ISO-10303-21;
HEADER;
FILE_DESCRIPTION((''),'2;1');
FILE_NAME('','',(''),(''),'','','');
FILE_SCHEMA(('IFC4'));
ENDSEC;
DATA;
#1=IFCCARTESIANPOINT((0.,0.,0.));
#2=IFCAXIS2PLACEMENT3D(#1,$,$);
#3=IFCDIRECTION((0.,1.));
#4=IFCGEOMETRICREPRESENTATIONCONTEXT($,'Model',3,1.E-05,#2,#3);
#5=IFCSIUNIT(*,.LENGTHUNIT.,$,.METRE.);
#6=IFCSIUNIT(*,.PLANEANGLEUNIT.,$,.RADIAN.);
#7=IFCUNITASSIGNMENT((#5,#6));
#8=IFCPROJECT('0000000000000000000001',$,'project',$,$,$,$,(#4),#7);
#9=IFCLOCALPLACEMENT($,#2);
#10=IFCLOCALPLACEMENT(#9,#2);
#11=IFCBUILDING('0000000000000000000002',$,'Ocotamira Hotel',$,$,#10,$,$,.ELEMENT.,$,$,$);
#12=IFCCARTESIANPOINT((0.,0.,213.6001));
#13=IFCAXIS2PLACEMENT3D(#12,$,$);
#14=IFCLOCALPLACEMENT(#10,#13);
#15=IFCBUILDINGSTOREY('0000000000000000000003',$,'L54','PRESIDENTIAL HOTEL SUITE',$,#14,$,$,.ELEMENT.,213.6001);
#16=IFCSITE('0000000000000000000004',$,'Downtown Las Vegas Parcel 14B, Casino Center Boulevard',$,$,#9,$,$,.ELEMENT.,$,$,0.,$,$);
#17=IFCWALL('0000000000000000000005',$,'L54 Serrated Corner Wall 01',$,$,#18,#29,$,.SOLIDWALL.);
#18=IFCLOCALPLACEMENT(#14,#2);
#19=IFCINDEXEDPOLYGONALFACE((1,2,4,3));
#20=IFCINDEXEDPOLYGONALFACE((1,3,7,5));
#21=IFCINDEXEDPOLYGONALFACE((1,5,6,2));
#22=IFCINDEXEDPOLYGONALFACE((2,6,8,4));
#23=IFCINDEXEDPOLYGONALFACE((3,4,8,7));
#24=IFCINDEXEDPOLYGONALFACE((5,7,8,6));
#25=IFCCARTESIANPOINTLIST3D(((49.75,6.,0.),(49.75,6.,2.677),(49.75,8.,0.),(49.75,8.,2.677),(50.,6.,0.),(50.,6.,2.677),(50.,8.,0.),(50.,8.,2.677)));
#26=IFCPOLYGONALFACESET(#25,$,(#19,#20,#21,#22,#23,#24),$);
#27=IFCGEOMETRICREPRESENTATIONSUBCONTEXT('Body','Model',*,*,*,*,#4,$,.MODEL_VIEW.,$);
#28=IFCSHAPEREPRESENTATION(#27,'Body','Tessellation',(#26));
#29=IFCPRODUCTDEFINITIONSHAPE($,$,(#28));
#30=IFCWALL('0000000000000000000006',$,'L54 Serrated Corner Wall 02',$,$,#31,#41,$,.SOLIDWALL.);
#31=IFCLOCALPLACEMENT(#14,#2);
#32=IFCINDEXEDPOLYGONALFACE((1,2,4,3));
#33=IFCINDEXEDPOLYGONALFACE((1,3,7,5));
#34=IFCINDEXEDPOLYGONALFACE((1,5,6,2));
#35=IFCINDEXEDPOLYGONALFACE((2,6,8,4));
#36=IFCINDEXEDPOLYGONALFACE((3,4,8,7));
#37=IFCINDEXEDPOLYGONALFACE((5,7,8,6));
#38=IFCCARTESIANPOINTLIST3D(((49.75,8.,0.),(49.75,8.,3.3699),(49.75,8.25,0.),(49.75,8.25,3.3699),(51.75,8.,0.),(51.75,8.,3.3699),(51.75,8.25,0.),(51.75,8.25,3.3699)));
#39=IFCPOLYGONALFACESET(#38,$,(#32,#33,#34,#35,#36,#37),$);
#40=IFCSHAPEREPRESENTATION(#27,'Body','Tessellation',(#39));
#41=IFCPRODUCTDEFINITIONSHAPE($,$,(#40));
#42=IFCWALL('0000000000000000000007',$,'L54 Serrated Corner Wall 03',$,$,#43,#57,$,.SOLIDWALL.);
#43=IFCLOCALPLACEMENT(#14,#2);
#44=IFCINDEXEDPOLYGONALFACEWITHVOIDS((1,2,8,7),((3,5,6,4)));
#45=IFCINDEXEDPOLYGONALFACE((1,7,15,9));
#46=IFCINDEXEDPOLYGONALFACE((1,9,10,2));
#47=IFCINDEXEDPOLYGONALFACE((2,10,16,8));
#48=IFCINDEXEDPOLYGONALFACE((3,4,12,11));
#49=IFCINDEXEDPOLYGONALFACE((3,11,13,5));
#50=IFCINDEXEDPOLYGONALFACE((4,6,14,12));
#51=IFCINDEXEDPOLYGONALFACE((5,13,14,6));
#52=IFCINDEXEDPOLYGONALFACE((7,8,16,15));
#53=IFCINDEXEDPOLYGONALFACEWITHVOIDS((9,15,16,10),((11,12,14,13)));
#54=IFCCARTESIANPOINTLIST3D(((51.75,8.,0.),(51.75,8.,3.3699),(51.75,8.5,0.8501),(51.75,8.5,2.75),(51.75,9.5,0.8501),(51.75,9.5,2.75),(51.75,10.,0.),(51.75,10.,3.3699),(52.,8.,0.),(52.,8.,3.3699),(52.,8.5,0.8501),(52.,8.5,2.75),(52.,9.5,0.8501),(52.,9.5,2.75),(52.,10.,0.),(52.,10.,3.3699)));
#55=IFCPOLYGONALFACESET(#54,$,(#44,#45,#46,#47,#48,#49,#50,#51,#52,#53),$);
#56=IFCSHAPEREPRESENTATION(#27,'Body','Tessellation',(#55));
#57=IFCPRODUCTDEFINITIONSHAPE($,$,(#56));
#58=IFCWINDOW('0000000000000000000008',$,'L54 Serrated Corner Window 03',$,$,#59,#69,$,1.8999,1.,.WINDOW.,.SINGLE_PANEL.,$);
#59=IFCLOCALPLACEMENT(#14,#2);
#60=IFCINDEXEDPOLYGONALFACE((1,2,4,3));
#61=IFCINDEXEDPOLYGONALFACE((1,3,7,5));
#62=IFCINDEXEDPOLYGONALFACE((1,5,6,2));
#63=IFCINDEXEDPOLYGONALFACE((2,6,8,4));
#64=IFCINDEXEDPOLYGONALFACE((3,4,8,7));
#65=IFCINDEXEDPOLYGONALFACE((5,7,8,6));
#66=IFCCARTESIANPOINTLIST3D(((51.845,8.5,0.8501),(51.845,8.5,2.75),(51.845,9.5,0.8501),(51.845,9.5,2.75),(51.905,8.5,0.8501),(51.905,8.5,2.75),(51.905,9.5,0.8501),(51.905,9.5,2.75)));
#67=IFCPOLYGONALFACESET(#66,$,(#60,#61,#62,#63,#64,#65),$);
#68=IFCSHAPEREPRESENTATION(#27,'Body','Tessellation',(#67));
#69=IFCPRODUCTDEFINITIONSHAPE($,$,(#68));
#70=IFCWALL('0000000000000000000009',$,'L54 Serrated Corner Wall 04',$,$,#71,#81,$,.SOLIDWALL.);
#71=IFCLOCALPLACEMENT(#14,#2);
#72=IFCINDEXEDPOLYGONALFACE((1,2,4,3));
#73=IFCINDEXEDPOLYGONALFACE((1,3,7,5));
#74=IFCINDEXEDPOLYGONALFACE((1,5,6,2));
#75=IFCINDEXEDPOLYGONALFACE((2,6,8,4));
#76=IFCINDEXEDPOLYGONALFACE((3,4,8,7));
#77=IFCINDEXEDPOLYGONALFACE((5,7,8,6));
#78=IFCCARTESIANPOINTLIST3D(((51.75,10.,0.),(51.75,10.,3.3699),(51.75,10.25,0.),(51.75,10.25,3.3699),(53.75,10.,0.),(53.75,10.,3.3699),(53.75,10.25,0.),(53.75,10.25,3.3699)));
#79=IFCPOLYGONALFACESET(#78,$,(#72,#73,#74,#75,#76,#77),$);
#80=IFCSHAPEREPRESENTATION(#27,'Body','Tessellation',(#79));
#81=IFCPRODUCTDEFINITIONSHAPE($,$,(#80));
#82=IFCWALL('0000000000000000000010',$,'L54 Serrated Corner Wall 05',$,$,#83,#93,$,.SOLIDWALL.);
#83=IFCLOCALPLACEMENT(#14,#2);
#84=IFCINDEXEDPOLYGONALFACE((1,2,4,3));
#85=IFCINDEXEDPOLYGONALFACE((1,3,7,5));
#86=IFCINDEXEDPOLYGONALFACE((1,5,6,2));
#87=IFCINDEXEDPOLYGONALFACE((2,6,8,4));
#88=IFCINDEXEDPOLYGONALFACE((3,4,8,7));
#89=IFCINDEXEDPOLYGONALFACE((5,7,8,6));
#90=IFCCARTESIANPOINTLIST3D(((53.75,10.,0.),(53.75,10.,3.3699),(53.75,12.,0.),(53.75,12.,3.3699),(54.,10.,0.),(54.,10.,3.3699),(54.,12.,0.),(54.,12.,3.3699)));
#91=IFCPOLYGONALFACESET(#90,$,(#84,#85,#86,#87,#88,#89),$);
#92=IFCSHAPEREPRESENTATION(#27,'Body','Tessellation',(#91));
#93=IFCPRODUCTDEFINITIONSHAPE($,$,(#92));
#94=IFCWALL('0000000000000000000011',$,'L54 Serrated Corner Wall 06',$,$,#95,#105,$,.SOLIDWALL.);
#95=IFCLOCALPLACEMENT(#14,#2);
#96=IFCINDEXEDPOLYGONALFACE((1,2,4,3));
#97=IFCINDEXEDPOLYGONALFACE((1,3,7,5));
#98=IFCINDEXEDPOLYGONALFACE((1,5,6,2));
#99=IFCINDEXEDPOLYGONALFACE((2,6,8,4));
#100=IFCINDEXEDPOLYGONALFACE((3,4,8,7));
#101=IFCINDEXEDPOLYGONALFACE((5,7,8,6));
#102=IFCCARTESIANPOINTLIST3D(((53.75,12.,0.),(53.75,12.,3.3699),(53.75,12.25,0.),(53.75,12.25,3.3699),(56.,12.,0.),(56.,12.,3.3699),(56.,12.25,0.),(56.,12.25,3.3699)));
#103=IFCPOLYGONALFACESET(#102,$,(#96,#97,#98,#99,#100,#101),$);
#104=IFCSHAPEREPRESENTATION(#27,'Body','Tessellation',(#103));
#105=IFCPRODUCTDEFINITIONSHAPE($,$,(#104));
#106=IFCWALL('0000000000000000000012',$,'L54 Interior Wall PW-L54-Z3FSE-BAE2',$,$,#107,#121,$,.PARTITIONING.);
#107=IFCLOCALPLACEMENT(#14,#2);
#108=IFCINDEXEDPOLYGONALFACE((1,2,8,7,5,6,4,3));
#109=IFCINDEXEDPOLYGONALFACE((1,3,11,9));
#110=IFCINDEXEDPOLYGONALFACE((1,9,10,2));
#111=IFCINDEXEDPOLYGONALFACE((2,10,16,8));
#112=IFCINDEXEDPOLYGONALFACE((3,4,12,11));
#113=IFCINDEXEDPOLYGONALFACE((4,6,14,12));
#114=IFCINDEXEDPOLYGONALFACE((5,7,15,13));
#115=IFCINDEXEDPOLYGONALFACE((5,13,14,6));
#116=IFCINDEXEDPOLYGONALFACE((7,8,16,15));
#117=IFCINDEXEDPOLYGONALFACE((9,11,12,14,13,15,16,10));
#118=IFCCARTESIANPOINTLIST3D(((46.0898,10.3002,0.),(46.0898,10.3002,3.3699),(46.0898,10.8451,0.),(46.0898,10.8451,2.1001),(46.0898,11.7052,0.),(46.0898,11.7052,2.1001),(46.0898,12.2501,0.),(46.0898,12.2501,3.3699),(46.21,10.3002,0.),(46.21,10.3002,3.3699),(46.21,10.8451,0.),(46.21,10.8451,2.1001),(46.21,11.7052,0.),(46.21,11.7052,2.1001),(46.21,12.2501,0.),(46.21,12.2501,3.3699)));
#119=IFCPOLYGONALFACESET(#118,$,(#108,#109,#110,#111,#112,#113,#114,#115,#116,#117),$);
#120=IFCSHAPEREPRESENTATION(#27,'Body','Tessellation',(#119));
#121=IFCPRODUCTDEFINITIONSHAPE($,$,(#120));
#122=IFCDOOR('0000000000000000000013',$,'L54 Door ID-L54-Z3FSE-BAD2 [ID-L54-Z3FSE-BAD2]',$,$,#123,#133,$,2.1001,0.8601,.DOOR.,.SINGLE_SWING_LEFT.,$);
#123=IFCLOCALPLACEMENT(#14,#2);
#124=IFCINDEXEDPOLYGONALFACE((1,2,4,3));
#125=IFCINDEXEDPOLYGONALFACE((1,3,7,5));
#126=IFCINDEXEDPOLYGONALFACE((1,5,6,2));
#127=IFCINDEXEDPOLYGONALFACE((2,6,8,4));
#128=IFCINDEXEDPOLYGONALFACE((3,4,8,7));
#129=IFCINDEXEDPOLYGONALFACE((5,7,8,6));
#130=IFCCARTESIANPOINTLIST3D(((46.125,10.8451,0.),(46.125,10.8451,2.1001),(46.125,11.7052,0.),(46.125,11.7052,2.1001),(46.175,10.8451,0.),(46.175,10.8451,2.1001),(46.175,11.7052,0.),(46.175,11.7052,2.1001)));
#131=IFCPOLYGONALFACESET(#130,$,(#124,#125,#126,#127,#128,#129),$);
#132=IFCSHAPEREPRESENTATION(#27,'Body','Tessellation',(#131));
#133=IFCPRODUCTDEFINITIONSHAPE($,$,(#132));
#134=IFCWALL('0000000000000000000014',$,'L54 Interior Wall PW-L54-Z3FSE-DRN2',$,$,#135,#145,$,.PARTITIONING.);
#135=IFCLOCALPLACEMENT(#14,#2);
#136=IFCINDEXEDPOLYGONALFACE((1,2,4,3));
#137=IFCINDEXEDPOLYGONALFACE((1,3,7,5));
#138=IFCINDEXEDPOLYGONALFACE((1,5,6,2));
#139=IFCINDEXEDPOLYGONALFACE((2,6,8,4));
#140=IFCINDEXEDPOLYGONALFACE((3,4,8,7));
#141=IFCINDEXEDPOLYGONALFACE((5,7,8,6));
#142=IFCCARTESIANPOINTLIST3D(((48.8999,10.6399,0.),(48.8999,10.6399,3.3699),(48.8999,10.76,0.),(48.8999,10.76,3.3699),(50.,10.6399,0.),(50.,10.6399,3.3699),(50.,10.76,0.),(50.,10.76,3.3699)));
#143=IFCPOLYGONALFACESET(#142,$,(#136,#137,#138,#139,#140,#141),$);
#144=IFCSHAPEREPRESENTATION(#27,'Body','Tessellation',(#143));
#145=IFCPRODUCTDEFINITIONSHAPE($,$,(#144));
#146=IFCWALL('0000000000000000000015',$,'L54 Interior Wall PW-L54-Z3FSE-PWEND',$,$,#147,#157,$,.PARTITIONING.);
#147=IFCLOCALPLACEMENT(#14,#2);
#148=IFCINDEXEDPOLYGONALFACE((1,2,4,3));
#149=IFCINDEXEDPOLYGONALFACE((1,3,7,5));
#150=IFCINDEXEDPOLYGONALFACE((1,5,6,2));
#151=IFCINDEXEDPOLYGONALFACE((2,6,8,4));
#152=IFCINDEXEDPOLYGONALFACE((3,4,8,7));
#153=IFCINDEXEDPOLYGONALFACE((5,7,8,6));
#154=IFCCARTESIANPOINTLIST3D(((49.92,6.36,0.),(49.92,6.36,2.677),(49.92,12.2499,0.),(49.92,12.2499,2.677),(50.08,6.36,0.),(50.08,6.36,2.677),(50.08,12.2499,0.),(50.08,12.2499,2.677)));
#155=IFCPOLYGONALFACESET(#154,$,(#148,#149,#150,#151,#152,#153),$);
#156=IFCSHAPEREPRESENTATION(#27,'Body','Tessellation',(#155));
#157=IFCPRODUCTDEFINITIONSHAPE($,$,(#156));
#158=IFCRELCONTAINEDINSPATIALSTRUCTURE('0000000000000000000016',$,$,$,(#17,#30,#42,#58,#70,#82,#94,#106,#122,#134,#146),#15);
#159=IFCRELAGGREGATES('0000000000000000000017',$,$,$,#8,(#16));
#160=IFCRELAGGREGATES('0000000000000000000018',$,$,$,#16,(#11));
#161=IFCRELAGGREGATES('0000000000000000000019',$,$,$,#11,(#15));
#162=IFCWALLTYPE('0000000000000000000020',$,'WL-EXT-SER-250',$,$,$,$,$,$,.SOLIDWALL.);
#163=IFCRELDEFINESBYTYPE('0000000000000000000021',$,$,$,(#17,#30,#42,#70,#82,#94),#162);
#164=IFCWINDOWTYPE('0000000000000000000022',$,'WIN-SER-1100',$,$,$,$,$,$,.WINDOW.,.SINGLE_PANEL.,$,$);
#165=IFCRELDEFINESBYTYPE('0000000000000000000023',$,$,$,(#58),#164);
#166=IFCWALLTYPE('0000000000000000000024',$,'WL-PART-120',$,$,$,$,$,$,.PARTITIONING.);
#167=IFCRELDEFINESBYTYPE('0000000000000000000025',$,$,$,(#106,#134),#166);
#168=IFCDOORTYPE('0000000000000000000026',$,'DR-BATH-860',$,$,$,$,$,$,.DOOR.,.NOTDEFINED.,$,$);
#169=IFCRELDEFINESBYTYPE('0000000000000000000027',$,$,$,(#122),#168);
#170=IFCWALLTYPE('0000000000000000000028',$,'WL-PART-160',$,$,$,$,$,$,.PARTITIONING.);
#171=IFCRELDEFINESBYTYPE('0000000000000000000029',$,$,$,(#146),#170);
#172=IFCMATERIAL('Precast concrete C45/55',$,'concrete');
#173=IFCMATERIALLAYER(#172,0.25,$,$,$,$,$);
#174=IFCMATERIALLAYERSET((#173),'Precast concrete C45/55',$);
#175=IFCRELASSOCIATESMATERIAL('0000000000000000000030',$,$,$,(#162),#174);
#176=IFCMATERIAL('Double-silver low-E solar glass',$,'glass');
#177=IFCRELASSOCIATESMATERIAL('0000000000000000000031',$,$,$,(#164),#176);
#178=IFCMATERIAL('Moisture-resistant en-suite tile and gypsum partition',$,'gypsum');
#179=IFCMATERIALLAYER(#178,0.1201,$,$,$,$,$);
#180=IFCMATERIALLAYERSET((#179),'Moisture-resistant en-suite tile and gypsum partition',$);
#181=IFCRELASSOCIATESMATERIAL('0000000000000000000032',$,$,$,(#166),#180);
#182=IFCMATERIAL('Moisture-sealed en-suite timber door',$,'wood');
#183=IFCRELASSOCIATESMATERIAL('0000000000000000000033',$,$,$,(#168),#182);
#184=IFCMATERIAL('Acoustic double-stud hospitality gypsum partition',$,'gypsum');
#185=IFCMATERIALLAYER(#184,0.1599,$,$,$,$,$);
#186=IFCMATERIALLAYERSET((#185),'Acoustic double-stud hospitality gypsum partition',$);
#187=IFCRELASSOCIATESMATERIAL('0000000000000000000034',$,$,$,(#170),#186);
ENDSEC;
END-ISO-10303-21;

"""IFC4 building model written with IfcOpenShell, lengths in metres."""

from ifc_helpers import new_model, si_unit, direction, frame, frame_2d, origin, place, context, subcontext, project, spatial, rectangle, extrude, source, transform, mapped, material, layer, layer_set, type_object, element, fill, save


model = new_model("IFC4")

# Units and contexts
model_context = context("Model", 3, precision=1e-05, world=origin(), true_north=direction((0.0, 1.0)))
body_context = subcontext(model_context, "Body", "Model", "MODEL_VIEW")
ifc_project = project(units=[si_unit("LENGTHUNIT", "METRE"), si_unit("PLANEANGLEUNIT", "RADIAN")], contexts=[model_context])

# Site, building, storey
site_placement = place(None, origin())
site = spatial("IfcSite", under=ifc_project, at=site_placement, Name="Downtown Las Vegas Parcel 14B, Casino Center Boulevard", CompositionType="ELEMENT", RefElevation=0.0)
building_placement = place(site_placement, origin())
building = spatial("IfcBuilding", under=site, at=building_placement, Name="Ocotamira Hotel", CompositionType="ELEMENT")
storey_placement = place(building_placement, frame((0.0, 0.0, 213.6001)))
storey = spatial("IfcBuildingStorey", under=building, at=storey_placement, Name="L54", Description="PRESIDENTIAL HOTEL SUITE", CompositionType="ELEMENT", Elevation=213.6001)

# Walls
ifc_material_1 = material(Name="Precast concrete C45/55", Category="concrete")
ifc_layer_1 = layer(ifc_material_1, 0.25)
ifc_layer_set_1 = layer_set([ifc_layer_1], Name="Precast concrete C45/55")
wall_type_1 = type_object("IfcWallType", Name="WL-EXT-SER-250", PredefinedType="SOLIDWALL", material=ifc_layer_set_1)
wall_1_placement = place(storey_placement, frame((49.875, 6.0, 0.0), z_axis=(0.0, 0.0, 1.0), x_axis=(0.0, 1.0, 0.0)))
element("IfcWall", 1, at=wall_1_placement, inside=storey, type_object=wall_type_1, Name="L54 Serrated Corner Wall 01", PredefinedType="SOLIDWALL", context=body_context, shape_type="SweptSolid", body=[
    extrude(rectangle(XDim=2.0, YDim=0.25, at=frame_2d((1.0, 0.0))), origin(), (0.0, 0.0, 1.0), 2.677),
])
wall_2_placement = place(storey_placement, frame((49.75, 8.125, 0.0), z_axis=(0.0, 0.0, 1.0), x_axis=(1.0, 0.0, 0.0)))
element("IfcWall", 2, at=wall_2_placement, inside=storey, type_object=wall_type_1, Name="L54 Serrated Corner Wall 02", PredefinedType="SOLIDWALL", context=body_context, shape_type="SweptSolid", body=[
    extrude(rectangle(XDim=2.0, YDim=0.25, at=frame_2d((1.0, 0.0))), origin(), (0.0, 0.0, 1.0), 3.3699),
])

# Wall, opening, window
wall_3_placement = place(storey_placement, frame((51.875, 8.0, 0.0), z_axis=(0.0, 0.0, 1.0), x_axis=(0.0, 1.0, 0.0)))
wall_3 = element("IfcWall", 3, at=wall_3_placement, inside=storey, type_object=wall_type_1, Name="L54 Serrated Corner Wall 03", PredefinedType="SOLIDWALL", context=body_context, shape_type="SweptSolid", body=[
    extrude(rectangle(XDim=2.0, YDim=0.25, at=frame_2d((1.0, 0.0))), origin(), (0.0, 0.0, 1.0), 3.3699),
])
opening_1_placement = place(wall_3_placement, frame((0.5, 0.0, 0.8501)))
opening_1 = element("IfcOpeningElement", 4, at=opening_1_placement, cuts=wall_3, PredefinedType="OPENING", context=body_context, shape_type="SweptSolid", body=[
    extrude(rectangle(XDim=1.0, YDim=1.8999, at=frame_2d((0.5, 0.95))), frame((0.0, 0.135, 0.0), z_axis=(0.0, -1.0, 0.0), x_axis=(1.0, 0.0, 0.0)), (0.0, 0.0, 1.0), 0.27),
])
ifc_material_2 = material(Name="Double-silver low-E solar glass", Category="glass")
window_type = type_object("IfcWindowType", Name="WIN-SER-1100", PartitioningType="SINGLE_PANEL", PredefinedType="WINDOW", material=ifc_material_2)
shared_shape_1 = source(origin(), body_context, "Body", "SweptSolid", [
    extrude(rectangle(XDim=1.0, YDim=1.8999, at=frame_2d((0.5, 0.95))), frame((0.0, 0.03, 0.0), z_axis=(0.0, -1.0, 0.0), x_axis=(1.0, 0.0, 0.0)), (0.0, 0.0, 1.0), 0.0601),
])
window_placement = place(opening_1_placement, origin())
window = element("IfcWindow", 5, at=window_placement, inside=storey, type_object=window_type, Name="L54 Serrated Corner Window 03", OverallHeight=1.8999, OverallWidth=1.0, PartitioningType="SINGLE_PANEL", PredefinedType="WINDOW", context=body_context, shape_type="MappedRepresentation", body=[
    mapped(shared_shape_1, transform((0.0, 0.0, 0.0), scale=1.0)),
])
fill(opening_1, window)

# Walls
for number, where, z_axis, x_axis, name in (
    (6, (51.75, 10.125, 0.0), (0.0, 0.0, 1.0), (1.0, 0.0, 0.0), "L54 Serrated Corner Wall 04"),
    (7, (53.875, 10.0, 0.0), (0.0, 0.0, 1.0), (0.0, 1.0, 0.0), "L54 Serrated Corner Wall 05"),
):
    element("IfcWall", number, at=place(storey_placement, frame(where, z_axis=z_axis, x_axis=x_axis)), inside=storey, type_object=wall_type_1, Name=name, PredefinedType="SOLIDWALL", context=body_context, shape_type="SweptSolid", body=[
        extrude(rectangle(XDim=2.0, YDim=0.25, at=frame_2d((1.0, 0.0))), origin(), (0.0, 0.0, 1.0), 3.3699),
    ])
wall_4_placement = place(storey_placement, frame((53.75, 12.125, 0.0), z_axis=(0.0, 0.0, 1.0), x_axis=(1.0, 0.0, 0.0)))
element("IfcWall", 8, at=wall_4_placement, inside=storey, type_object=wall_type_1, Name="L54 Serrated Corner Wall 06", PredefinedType="SOLIDWALL", context=body_context, shape_type="SweptSolid", body=[
    extrude(rectangle(XDim=2.25, YDim=0.25, at=frame_2d((1.125, 0.0))), origin(), (0.0, 0.0, 1.0), 3.3699),
])

# Wall, opening, door
ifc_material_3 = material(Name="Moisture-resistant en-suite tile and gypsum partition", Category="gypsum")
ifc_layer_2 = layer(ifc_material_3, 0.1201)
ifc_layer_set_2 = layer_set([ifc_layer_2], Name="Moisture-resistant en-suite tile and gypsum partition")
wall_type_2 = type_object("IfcWallType", Name="WL-PART-120", PredefinedType="PARTITIONING", material=ifc_layer_set_2)
wall_5_placement = place(storey_placement, frame((46.1499, 10.3, 0.0), z_axis=(0.0, 0.0, 1.0), x_axis=(0.0, 1.0, 0.0)))
wall_5 = element("IfcWall", 9, at=wall_5_placement, inside=storey, type_object=wall_type_2, Name="L54 Interior Wall PW-L54-Z3FSE-BAE2", PredefinedType="PARTITIONING", context=body_context, shape_type="SweptSolid", body=[
    extrude(rectangle(XDim=1.95, YDim=0.1201, at=frame_2d((0.9751, 0.0))), origin(), (0.0, 0.0, 1.0), 3.3699),
])
opening_2_placement = place(wall_5_placement, frame((0.5449, 0.0, 0.0)))
opening_2 = element("IfcOpeningElement", 10, at=opening_2_placement, cuts=wall_5, PredefinedType="OPENING", context=body_context, shape_type="SweptSolid", body=[
    extrude(rectangle(XDim=0.8601, YDim=2.1001, at=frame_2d((0.4302, 1.05))), frame((0.0, 0.0701, 0.0), z_axis=(0.0, -1.0, 0.0), x_axis=(1.0, 0.0, 0.0)), (0.0, 0.0, 1.0), 0.1401),
])
ifc_material_4 = material(Name="Moisture-sealed en-suite timber door", Category="wood")
door_type_1 = type_object("IfcDoorType", Name="DR-BATH-860", OperationType="NOTDEFINED", PredefinedType="DOOR", material=ifc_material_4)
shared_shape_2 = source(origin(), body_context, "Body", "SweptSolid", [
    extrude(rectangle(XDim=0.8601, YDim=2.1001, at=frame_2d((0.4302, 1.05))), frame((0.0, 0.0249, 0.0), z_axis=(0.0, -1.0, 0.0), x_axis=(1.0, 0.0, 0.0)), (0.0, 0.0, 1.0), 0.05),
])
door_1_placement = place(opening_2_placement, origin())
door_1 = element("IfcDoor", 11, at=door_1_placement, inside=storey, type_object=door_type_1, Name="L54 Door ID-L54-Z3FSE-BAD2 [ID-L54-Z3FSE-BAD2]", OperationType="SINGLE_SWING_LEFT", OverallHeight=2.1001, OverallWidth=0.8601, PredefinedType="DOOR", context=body_context, shape_type="MappedRepresentation", body=[
    mapped(shared_shape_2, transform((0.0, 0.0, 0.0), scale=1.0)),
])
fill(opening_2, door_1)

# Walls
wall_6_placement = place(storey_placement, frame((48.8999, 10.7, 0.0), z_axis=(0.0, 0.0, 1.0), x_axis=(1.0, 0.0, 0.0)))
element("IfcWall", 12, at=wall_6_placement, inside=storey, type_object=wall_type_2, Name="L54 Interior Wall PW-L54-Z3FSE-DRN2", PredefinedType="PARTITIONING", context=body_context, shape_type="SweptSolid", body=[
    extrude(rectangle(XDim=1.1001, YDim=0.1201, at=frame_2d((0.55, 0.0))), origin(), (0.0, 0.0, 1.0), 3.3699),
])
ifc_material_5 = material(Name="Acoustic double-stud hospitality gypsum partition", Category="gypsum")
ifc_layer_3 = layer(ifc_material_5, 0.1599)
ifc_layer_set_3 = layer_set([ifc_layer_3], Name="Acoustic double-stud hospitality gypsum partition")
wall_type_3 = type_object("IfcWallType", Name="WL-PART-160", PredefinedType="PARTITIONING", material=ifc_layer_set_3)
wall_7_placement = place(storey_placement, frame((50.0, 6.3601, 0.0), z_axis=(0.0, 0.0, 1.0), x_axis=(0.0, 1.0, 0.0)))
element("IfcWall", 13, at=wall_7_placement, inside=storey, type_object=wall_type_3, Name="L54 Interior Wall PW-L54-Z3FSE-PWEND", PredefinedType="PARTITIONING", context=body_context, shape_type="SweptSolid", body=[
    extrude(rectangle(XDim=5.8899, YDim=0.1599, at=frame_2d((2.9448, 0.0))), origin(), (0.0, 0.0, 1.0), 2.677),
])

save(model, "model.ifc")
